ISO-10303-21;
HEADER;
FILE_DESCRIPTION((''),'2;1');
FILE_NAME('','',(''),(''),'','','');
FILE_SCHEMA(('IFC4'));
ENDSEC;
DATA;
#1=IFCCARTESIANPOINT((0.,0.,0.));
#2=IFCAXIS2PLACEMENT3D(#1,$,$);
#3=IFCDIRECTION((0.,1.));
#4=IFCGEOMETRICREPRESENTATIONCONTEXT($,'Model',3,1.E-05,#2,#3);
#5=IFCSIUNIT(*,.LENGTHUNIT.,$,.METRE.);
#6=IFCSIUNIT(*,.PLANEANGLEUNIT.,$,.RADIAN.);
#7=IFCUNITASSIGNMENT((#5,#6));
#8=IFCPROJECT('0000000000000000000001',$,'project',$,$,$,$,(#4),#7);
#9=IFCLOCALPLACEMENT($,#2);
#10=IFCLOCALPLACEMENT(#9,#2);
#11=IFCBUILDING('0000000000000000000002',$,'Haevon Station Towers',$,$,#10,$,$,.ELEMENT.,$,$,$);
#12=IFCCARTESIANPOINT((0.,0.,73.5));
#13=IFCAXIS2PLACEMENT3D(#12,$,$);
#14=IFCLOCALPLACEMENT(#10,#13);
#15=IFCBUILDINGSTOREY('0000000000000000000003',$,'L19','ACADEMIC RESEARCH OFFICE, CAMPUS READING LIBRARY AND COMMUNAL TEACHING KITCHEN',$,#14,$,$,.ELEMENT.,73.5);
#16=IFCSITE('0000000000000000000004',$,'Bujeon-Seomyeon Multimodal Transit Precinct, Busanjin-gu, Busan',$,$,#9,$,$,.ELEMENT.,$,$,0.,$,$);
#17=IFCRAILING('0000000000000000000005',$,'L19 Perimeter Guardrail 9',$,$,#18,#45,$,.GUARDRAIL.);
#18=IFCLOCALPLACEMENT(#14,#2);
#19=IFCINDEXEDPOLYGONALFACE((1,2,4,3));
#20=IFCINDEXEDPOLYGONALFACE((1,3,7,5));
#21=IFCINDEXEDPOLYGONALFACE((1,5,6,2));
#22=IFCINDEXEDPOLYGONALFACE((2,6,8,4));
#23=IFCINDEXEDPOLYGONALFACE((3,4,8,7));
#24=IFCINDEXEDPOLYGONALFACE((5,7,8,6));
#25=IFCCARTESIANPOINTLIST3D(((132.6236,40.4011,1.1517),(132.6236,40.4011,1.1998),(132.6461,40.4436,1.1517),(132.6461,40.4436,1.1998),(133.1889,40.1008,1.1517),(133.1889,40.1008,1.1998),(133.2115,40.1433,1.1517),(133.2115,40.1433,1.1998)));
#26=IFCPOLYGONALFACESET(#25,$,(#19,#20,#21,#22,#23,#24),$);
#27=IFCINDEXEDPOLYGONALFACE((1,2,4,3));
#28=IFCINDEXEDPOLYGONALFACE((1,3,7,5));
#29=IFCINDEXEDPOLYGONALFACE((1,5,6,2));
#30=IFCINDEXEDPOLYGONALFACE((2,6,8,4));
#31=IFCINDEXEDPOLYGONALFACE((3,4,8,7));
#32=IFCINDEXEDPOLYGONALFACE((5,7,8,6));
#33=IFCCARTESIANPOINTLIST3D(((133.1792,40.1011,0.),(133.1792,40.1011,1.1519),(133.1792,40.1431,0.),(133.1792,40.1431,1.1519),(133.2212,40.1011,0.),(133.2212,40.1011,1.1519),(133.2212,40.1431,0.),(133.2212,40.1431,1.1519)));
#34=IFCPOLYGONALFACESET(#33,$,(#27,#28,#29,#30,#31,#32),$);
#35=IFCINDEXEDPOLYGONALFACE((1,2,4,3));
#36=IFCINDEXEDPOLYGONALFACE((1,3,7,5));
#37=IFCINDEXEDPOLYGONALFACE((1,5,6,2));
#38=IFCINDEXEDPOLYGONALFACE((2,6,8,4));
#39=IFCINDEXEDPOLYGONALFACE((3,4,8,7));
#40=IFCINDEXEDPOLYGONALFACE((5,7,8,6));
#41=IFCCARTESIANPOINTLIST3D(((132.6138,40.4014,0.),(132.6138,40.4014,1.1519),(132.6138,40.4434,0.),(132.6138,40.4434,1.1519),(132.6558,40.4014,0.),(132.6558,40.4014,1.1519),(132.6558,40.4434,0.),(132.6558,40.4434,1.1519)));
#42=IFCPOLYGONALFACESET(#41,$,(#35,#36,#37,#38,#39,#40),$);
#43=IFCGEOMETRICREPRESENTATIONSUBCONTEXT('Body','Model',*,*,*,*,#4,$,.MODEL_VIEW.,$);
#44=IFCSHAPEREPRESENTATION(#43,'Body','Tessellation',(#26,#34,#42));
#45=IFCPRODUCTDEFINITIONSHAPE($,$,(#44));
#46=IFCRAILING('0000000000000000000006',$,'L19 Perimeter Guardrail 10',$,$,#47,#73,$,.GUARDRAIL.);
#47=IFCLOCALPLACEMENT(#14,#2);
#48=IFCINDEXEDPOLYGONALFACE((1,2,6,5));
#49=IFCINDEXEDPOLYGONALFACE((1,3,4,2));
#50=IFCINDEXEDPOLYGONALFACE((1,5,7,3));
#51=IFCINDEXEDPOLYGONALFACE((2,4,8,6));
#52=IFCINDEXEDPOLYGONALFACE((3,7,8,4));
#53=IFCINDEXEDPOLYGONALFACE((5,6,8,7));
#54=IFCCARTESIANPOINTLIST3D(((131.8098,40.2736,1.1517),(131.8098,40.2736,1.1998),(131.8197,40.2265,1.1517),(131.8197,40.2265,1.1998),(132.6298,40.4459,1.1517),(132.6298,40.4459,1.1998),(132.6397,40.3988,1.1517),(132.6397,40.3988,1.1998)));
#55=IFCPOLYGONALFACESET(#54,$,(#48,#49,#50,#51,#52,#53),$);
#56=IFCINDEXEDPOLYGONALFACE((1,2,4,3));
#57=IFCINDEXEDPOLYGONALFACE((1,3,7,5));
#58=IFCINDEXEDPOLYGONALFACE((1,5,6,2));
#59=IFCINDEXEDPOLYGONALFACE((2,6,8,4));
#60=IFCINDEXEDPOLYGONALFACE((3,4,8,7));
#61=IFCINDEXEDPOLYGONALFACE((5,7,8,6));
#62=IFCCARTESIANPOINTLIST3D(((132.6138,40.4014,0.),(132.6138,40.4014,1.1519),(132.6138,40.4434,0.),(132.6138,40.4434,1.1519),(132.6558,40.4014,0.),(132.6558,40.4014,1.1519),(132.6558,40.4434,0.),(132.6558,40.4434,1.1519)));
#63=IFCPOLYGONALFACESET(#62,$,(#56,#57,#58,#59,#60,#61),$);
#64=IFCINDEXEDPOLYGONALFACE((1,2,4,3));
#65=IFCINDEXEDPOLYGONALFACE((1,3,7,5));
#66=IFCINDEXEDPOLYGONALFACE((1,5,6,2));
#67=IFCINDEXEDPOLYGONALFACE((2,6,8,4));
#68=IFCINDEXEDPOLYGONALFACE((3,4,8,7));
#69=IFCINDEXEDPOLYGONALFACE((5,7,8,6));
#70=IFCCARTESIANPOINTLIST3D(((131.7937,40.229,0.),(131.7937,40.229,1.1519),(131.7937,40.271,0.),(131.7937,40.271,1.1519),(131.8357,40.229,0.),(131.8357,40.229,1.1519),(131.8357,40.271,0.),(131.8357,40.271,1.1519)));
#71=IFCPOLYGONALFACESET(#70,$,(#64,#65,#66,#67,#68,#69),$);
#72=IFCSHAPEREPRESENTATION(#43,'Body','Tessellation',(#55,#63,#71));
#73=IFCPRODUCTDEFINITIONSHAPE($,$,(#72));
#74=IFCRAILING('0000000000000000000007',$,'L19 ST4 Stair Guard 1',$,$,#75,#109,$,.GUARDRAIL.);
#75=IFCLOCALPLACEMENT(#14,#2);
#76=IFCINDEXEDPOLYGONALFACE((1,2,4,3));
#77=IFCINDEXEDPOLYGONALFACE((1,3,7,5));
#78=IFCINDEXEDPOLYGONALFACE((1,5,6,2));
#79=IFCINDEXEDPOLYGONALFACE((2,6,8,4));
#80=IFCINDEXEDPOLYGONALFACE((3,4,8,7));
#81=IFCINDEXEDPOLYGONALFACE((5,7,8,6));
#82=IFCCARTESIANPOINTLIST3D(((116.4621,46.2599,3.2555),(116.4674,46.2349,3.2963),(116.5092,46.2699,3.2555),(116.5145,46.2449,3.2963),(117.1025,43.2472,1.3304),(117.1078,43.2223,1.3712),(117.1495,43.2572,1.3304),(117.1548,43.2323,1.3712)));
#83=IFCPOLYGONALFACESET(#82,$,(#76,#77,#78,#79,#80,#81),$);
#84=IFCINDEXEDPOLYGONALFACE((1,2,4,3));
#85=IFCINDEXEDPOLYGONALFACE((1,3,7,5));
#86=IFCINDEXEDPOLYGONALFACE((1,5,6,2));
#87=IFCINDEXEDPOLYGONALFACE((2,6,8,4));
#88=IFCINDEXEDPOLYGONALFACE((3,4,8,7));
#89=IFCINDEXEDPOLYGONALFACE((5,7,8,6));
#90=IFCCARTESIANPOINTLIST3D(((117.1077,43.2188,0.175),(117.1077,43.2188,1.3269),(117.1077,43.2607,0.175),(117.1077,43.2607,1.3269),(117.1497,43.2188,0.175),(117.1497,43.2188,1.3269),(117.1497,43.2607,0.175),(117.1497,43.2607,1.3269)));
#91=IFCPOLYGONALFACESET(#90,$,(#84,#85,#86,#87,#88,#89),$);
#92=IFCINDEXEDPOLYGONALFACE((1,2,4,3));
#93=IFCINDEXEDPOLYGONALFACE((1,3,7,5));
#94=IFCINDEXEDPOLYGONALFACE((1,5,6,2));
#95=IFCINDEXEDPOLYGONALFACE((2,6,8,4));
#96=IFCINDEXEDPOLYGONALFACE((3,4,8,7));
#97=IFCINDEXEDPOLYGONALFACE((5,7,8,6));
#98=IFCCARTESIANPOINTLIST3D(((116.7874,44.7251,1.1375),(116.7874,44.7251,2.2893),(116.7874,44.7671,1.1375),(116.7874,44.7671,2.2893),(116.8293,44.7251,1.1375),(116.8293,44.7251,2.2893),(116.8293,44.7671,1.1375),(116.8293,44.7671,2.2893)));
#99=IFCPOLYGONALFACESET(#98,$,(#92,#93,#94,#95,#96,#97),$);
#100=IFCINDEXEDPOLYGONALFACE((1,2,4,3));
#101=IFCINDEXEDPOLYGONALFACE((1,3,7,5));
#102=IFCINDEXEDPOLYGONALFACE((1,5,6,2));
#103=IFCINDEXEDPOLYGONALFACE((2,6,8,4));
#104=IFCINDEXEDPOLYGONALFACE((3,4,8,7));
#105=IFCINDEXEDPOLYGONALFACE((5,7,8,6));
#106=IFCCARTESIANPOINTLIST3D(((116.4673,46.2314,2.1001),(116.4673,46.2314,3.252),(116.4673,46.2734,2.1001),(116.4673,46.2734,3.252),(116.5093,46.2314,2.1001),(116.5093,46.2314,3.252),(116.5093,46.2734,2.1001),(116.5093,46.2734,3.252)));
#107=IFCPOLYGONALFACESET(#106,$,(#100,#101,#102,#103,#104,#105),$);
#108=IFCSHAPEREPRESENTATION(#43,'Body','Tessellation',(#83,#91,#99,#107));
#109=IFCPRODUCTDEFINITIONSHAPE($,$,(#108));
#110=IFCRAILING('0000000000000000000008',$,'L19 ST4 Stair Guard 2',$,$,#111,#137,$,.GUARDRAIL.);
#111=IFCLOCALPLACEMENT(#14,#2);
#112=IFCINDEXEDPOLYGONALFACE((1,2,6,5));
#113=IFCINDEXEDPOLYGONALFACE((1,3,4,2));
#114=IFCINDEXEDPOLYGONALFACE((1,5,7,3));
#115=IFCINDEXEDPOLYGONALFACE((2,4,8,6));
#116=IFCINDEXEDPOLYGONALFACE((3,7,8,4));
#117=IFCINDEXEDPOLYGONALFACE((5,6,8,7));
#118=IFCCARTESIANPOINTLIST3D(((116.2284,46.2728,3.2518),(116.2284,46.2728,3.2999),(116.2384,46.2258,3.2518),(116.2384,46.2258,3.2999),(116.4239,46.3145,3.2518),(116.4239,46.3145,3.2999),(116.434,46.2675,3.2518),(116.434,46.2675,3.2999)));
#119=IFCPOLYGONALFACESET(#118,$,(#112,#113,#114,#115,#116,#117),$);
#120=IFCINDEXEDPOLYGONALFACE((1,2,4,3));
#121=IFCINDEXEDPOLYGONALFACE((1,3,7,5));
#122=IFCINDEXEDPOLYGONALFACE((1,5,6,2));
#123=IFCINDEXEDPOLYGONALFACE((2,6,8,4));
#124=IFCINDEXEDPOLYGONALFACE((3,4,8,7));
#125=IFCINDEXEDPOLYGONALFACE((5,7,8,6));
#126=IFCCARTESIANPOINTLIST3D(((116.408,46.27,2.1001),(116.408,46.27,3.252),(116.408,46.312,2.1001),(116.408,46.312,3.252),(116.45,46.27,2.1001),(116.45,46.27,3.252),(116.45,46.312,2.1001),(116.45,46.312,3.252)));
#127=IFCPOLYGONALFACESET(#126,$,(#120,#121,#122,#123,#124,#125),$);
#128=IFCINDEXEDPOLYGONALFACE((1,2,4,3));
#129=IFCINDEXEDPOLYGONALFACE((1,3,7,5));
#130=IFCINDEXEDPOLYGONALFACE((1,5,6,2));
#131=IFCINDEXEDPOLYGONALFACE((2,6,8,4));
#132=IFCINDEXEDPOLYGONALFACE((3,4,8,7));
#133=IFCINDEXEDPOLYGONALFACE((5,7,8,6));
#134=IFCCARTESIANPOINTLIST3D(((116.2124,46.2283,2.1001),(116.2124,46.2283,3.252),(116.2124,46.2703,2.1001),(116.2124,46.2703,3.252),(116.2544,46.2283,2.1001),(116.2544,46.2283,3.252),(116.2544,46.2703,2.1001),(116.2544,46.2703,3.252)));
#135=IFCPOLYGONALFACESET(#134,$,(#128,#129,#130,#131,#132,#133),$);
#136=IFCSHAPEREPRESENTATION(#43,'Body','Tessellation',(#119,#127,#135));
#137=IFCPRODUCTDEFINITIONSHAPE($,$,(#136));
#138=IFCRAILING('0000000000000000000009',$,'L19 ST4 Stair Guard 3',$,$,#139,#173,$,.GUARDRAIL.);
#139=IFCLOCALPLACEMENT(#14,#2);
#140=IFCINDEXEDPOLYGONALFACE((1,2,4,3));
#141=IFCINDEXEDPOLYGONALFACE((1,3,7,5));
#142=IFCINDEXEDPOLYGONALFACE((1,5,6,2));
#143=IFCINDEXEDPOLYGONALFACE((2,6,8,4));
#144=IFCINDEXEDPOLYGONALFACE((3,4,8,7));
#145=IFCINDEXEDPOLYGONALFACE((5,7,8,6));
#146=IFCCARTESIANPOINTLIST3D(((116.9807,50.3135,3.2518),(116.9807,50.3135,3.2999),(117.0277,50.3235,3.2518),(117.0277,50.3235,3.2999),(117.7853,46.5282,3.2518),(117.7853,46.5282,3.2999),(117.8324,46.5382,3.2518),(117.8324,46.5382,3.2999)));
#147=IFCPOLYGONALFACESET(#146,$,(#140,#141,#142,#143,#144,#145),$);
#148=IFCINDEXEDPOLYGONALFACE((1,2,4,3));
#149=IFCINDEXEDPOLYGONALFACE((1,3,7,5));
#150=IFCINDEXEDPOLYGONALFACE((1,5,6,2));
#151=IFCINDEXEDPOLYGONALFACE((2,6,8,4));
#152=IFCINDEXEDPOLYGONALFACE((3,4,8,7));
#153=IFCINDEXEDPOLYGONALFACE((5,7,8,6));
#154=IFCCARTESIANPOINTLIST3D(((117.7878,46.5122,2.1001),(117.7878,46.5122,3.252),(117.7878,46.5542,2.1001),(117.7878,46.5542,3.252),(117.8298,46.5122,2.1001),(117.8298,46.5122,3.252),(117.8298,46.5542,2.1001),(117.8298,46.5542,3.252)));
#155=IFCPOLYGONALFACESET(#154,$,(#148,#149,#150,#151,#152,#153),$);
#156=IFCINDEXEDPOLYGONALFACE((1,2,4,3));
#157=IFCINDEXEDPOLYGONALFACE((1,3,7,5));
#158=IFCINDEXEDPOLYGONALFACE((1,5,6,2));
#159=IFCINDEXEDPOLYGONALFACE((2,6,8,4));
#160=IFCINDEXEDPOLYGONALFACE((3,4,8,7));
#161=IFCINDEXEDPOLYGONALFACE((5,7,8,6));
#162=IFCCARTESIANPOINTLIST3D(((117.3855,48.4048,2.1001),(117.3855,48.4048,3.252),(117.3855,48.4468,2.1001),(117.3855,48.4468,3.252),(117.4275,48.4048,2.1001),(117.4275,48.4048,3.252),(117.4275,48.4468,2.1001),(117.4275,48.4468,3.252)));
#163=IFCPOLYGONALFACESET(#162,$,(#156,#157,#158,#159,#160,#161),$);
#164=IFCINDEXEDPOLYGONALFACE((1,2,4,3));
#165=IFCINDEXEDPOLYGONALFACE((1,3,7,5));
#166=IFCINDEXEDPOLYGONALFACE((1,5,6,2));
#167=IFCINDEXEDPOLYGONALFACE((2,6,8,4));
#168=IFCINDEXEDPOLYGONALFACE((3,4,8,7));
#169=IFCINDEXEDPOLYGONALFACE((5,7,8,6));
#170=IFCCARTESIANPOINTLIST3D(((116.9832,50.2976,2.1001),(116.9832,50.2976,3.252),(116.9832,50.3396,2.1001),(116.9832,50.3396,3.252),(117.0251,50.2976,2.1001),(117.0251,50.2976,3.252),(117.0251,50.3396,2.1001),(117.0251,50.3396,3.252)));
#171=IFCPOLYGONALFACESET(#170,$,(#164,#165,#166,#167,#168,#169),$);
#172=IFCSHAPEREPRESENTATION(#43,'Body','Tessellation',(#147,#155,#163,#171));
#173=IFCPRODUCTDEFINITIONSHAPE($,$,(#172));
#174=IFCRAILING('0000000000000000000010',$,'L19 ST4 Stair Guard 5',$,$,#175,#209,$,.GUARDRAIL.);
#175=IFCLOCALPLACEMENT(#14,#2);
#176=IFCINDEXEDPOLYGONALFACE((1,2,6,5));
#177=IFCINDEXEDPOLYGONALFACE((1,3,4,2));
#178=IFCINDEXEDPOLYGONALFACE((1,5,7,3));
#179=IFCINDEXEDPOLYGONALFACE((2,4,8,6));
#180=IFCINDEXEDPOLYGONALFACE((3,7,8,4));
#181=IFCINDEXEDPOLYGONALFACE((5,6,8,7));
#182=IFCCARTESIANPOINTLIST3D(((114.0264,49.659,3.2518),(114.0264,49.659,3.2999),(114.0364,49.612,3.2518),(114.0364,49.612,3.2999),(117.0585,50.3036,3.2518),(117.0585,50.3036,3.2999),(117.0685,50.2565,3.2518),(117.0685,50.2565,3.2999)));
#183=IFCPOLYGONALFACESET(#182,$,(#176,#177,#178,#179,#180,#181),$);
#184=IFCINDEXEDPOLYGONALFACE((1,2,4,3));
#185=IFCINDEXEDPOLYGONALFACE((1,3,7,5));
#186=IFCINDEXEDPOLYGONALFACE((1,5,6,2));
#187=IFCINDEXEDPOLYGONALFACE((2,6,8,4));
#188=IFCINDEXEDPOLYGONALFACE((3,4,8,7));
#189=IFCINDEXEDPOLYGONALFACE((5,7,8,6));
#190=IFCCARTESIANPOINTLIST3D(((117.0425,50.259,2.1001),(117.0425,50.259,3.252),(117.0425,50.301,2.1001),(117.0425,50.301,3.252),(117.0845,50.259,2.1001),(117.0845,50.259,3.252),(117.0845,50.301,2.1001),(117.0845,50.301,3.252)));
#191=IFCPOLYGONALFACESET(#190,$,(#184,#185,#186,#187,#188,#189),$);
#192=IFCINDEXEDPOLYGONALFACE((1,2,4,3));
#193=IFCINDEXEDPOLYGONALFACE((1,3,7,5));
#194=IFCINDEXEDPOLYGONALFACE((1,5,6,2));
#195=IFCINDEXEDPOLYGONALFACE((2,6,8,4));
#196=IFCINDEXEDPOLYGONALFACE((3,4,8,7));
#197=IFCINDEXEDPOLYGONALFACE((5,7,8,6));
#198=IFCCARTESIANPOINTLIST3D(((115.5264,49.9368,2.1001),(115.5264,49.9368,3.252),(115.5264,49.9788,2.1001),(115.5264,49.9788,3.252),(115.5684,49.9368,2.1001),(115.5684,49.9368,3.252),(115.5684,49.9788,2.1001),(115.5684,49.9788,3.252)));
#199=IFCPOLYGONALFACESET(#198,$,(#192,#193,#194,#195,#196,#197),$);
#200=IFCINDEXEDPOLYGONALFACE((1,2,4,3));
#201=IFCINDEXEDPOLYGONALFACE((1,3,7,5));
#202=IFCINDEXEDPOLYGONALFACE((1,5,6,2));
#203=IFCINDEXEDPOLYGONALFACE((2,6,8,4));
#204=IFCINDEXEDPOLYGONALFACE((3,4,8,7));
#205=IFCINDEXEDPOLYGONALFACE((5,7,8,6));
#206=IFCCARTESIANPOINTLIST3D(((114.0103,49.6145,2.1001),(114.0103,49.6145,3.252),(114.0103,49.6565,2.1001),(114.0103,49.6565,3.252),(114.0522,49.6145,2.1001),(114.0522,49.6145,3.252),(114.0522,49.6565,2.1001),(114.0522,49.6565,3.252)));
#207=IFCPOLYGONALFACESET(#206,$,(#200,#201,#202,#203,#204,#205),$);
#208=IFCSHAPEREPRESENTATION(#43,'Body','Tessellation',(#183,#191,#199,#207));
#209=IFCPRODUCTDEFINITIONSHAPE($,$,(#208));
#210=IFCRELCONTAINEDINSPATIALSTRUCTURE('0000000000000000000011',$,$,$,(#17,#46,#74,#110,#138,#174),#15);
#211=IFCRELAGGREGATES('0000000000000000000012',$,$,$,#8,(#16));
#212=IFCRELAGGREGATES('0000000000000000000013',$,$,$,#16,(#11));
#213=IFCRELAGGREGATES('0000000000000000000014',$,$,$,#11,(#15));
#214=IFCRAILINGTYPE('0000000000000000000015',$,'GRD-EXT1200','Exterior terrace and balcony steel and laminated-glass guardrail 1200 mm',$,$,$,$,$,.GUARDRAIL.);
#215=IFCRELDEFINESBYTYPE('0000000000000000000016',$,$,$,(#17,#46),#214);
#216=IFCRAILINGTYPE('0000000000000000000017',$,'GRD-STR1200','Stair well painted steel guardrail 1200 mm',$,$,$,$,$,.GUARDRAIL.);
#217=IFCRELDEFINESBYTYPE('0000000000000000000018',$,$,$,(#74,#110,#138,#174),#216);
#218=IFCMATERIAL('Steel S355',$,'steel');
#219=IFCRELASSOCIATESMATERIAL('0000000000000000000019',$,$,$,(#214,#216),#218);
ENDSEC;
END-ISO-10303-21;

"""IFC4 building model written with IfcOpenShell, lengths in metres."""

from ifc_helpers import new_model, si_unit, direction, frame, origin, origin_2d, place, context, subcontext, project, spatial, rectangle, extrude, material, type_object, element, save


model = new_model("IFC4")

# Units and contexts
model_context = context("Model", 3, precision=1e-05, world=origin(), true_north=direction((0.0, 1.0)))
body_context = subcontext(model_context, "Body", "Model", "MODEL_VIEW")
ifc_project = project(units=[si_unit("LENGTHUNIT", "METRE"), si_unit("PLANEANGLEUNIT", "RADIAN")], contexts=[model_context])

# Site, building, storey
site_placement = place(None, origin())
site = spatial("IfcSite", under=ifc_project, at=site_placement, Name="Bujeon-Seomyeon Multimodal Transit Precinct, Busanjin-gu, Busan", CompositionType="ELEMENT", RefElevation=0.0)
building_placement = place(site_placement, origin())
building = spatial("IfcBuilding", under=site, at=building_placement, Name="Haevon Station Towers", CompositionType="ELEMENT")
storey_placement = place(building_placement, frame((0.0, 0.0, 73.5)))
storey = spatial("IfcBuildingStorey", under=building, at=storey_placement, Name="L19", Description="ACADEMIC RESEARCH OFFICE, CAMPUS READING LIBRARY AND COMMUNAL TEACHING KITCHEN", CompositionType="ELEMENT", Elevation=73.5)

# Shared definitions
ifc_material_1 = material(Name="Steel S355", Category="steel")

# Railings
railing_type_1 = type_object("IfcRailingType", Name="GRD-EXT1200", Description="Exterior terrace and balcony steel and laminated-glass guardrail 1200 mm", PredefinedType="GUARDRAIL", material=ifc_material_1)
railing_1_placement = place(storey_placement, frame((133.2002, 40.1221, 0.0)))
element("IfcRailing", 1, at=railing_1_placement, inside=storey, type_object=railing_type_1, Name="L19 Perimeter Guardrail 9", PredefinedType="GUARDRAIL", context=body_context, shape_type="SweptSolid", body=[
    extrude(rectangle(XDim=0.0481, YDim=0.0481, at=origin_2d()), frame((0.0, 0.0, 1.1758), z_axis=(-0.883175, 0.469044, 0.0), x_axis=(-0.469044, -0.883175, 0.0)), (0.0, 0.0, 1.0), 0.6401),
    extrude(rectangle(XDim=0.042, YDim=0.042, at=origin_2d()), origin(), (0.0, 0.0, 1.0), 1.1519),
    extrude(rectangle(XDim=0.042, YDim=0.042, at=origin_2d()), frame((-0.5654, 0.3003, 0.0)), (0.0, 0.0, 1.0), 1.1519),
])
railing_2_placement = place(storey_placement, frame((132.6348, 40.4224, 0.0)))
element("IfcRailing", 2, at=railing_2_placement, inside=storey, type_object=railing_type_1, Name="L19 Perimeter Guardrail 10", PredefinedType="GUARDRAIL", context=body_context, shape_type="SweptSolid", body=[
    extrude(rectangle(XDim=0.0481, YDim=0.0481, at=origin_2d()), frame((0.0, 0.0, 1.1758), z_axis=(-0.978618, -0.205687, 0.0), x_axis=(0.205687, -0.978618, 0.0)), (0.0, 0.0, 1.0), 0.8379),
    extrude(rectangle(XDim=0.042, YDim=0.042, at=origin_2d()), origin(), (0.0, 0.0, 1.0), 1.1519),
    extrude(rectangle(XDim=0.042, YDim=0.042, at=origin_2d()), frame((-0.8201, -0.1724, 0.0)), (0.0, 0.0, 1.0), 1.1519),
])
railing_type_2 = type_object("IfcRailingType", Name="GRD-STR1200", Description="Stair well painted steel guardrail 1200 mm", PredefinedType="GUARDRAIL", material=ifc_material_1)
railing_3_placement = place(storey_placement, frame((117.1287, 43.2397, 0.175)))
element("IfcRailing", 3, at=railing_3_placement, inside=storey, type_object=railing_type_2, Name="L19 ST4 Stair Guard 1", PredefinedType="GUARDRAIL", context=body_context, shape_type="SweptSolid", body=[
    extrude(rectangle(XDim=0.0481, YDim=0.0481, at=origin_2d()), frame((0.0, 0.0, 1.1758), z_axis=(-0.176311, 0.829461, 0.530008), x_axis=(-0.978147, -0.207916, 0.0)), (0.0, 0.0, 1.0), 3.6321),
    extrude(rectangle(XDim=0.042, YDim=0.042, at=origin_2d()), origin(), (0.0, 0.0, 1.0), 1.1519),
    extrude(rectangle(XDim=0.042, YDim=0.042, at=origin_2d()), frame((-0.3203, 1.5063, 0.9624)), (0.0, 0.0, 1.0), 1.1519),
    extrude(rectangle(XDim=0.042, YDim=0.042, at=origin_2d()), frame((-0.6404, 3.0127, 1.925)), (0.0, 0.0, 1.0), 1.1519),
])
railing_4_placement = place(storey_placement, frame((116.429, 46.291, 2.1001)))
element("IfcRailing", 4, at=railing_4_placement, inside=storey, type_object=railing_type_2, Name="L19 ST4 Stair Guard 2", PredefinedType="GUARDRAIL", context=body_context, shape_type="SweptSolid", body=[
    extrude(rectangle(XDim=0.0481, YDim=0.0481, at=origin_2d()), frame((0.0, 0.0, 1.1758), z_axis=(-0.977963, -0.208779, 0.0), x_axis=(0.208779, -0.977963, 0.0)), (0.0, 0.0, 1.0), 0.2),
    extrude(rectangle(XDim=0.042, YDim=0.042, at=origin_2d()), origin(), (0.0, 0.0, 1.0), 1.1519),
    extrude(rectangle(XDim=0.042, YDim=0.042, at=origin_2d()), frame((-0.1956, -0.0417, 0.0)), (0.0, 0.0, 1.0), 1.1519),
])
railing_5_placement = place(storey_placement, frame((117.8088, 46.5332, 2.1001)))
element("IfcRailing", 5, at=railing_5_placement, inside=storey, type_object=railing_type_2, Name="L19 ST4 Stair Guard 3", PredefinedType="GUARDRAIL", context=body_context, shape_type="SweptSolid", body=[
    extrude(rectangle(XDim=0.0481, YDim=0.0481, at=origin_2d()), frame((0.0, 0.0, 1.1758), z_axis=(-0.20793, 0.978144, 0.0), x_axis=(-0.978144, -0.20793, 0.0)), (0.0, 0.0, 1.0), 3.8699),
    extrude(rectangle(XDim=0.042, YDim=0.042, at=origin_2d()), origin(), (0.0, 0.0, 1.0), 1.1519),
    extrude(rectangle(XDim=0.042, YDim=0.042, at=origin_2d()), frame((-0.4023, 1.8926, 0.0)), (0.0, 0.0, 1.0), 1.1519),
    extrude(rectangle(XDim=0.042, YDim=0.042, at=origin_2d()), frame((-0.8047, 3.7854, 0.0)), (0.0, 0.0, 1.0), 1.1519),
])
railing_6_placement = place(storey_placement, frame((117.0635, 50.28, 2.1001)))
element("IfcRailing", 6, at=railing_6_placement, inside=storey, type_object=railing_type_2, Name="L19 ST4 Stair Guard 5", PredefinedType="GUARDRAIL", context=body_context, shape_type="SweptSolid", body=[
    extrude(rectangle(XDim=0.0481, YDim=0.0481, at=origin_2d()), frame((0.0, 0.0, 1.1758), z_axis=(-0.978147, -0.207915, 0.0), x_axis=(0.207915, -0.978147, 0.0)), (0.0, 0.0, 1.0), 3.0999),
    extrude(rectangle(XDim=0.042, YDim=0.042, at=origin_2d()), origin(), (0.0, 0.0, 1.0), 1.1519),
    extrude(rectangle(XDim=0.042, YDim=0.042, at=origin_2d()), frame((-1.5161, -0.3223, 0.0)), (0.0, 0.0, 1.0), 1.1519),
    extrude(rectangle(XDim=0.042, YDim=0.042, at=origin_2d()), frame((-3.0322, -0.6445, 0.0)), (0.0, 0.0, 1.0), 1.1519),
])

save(model, "model.ifc")
